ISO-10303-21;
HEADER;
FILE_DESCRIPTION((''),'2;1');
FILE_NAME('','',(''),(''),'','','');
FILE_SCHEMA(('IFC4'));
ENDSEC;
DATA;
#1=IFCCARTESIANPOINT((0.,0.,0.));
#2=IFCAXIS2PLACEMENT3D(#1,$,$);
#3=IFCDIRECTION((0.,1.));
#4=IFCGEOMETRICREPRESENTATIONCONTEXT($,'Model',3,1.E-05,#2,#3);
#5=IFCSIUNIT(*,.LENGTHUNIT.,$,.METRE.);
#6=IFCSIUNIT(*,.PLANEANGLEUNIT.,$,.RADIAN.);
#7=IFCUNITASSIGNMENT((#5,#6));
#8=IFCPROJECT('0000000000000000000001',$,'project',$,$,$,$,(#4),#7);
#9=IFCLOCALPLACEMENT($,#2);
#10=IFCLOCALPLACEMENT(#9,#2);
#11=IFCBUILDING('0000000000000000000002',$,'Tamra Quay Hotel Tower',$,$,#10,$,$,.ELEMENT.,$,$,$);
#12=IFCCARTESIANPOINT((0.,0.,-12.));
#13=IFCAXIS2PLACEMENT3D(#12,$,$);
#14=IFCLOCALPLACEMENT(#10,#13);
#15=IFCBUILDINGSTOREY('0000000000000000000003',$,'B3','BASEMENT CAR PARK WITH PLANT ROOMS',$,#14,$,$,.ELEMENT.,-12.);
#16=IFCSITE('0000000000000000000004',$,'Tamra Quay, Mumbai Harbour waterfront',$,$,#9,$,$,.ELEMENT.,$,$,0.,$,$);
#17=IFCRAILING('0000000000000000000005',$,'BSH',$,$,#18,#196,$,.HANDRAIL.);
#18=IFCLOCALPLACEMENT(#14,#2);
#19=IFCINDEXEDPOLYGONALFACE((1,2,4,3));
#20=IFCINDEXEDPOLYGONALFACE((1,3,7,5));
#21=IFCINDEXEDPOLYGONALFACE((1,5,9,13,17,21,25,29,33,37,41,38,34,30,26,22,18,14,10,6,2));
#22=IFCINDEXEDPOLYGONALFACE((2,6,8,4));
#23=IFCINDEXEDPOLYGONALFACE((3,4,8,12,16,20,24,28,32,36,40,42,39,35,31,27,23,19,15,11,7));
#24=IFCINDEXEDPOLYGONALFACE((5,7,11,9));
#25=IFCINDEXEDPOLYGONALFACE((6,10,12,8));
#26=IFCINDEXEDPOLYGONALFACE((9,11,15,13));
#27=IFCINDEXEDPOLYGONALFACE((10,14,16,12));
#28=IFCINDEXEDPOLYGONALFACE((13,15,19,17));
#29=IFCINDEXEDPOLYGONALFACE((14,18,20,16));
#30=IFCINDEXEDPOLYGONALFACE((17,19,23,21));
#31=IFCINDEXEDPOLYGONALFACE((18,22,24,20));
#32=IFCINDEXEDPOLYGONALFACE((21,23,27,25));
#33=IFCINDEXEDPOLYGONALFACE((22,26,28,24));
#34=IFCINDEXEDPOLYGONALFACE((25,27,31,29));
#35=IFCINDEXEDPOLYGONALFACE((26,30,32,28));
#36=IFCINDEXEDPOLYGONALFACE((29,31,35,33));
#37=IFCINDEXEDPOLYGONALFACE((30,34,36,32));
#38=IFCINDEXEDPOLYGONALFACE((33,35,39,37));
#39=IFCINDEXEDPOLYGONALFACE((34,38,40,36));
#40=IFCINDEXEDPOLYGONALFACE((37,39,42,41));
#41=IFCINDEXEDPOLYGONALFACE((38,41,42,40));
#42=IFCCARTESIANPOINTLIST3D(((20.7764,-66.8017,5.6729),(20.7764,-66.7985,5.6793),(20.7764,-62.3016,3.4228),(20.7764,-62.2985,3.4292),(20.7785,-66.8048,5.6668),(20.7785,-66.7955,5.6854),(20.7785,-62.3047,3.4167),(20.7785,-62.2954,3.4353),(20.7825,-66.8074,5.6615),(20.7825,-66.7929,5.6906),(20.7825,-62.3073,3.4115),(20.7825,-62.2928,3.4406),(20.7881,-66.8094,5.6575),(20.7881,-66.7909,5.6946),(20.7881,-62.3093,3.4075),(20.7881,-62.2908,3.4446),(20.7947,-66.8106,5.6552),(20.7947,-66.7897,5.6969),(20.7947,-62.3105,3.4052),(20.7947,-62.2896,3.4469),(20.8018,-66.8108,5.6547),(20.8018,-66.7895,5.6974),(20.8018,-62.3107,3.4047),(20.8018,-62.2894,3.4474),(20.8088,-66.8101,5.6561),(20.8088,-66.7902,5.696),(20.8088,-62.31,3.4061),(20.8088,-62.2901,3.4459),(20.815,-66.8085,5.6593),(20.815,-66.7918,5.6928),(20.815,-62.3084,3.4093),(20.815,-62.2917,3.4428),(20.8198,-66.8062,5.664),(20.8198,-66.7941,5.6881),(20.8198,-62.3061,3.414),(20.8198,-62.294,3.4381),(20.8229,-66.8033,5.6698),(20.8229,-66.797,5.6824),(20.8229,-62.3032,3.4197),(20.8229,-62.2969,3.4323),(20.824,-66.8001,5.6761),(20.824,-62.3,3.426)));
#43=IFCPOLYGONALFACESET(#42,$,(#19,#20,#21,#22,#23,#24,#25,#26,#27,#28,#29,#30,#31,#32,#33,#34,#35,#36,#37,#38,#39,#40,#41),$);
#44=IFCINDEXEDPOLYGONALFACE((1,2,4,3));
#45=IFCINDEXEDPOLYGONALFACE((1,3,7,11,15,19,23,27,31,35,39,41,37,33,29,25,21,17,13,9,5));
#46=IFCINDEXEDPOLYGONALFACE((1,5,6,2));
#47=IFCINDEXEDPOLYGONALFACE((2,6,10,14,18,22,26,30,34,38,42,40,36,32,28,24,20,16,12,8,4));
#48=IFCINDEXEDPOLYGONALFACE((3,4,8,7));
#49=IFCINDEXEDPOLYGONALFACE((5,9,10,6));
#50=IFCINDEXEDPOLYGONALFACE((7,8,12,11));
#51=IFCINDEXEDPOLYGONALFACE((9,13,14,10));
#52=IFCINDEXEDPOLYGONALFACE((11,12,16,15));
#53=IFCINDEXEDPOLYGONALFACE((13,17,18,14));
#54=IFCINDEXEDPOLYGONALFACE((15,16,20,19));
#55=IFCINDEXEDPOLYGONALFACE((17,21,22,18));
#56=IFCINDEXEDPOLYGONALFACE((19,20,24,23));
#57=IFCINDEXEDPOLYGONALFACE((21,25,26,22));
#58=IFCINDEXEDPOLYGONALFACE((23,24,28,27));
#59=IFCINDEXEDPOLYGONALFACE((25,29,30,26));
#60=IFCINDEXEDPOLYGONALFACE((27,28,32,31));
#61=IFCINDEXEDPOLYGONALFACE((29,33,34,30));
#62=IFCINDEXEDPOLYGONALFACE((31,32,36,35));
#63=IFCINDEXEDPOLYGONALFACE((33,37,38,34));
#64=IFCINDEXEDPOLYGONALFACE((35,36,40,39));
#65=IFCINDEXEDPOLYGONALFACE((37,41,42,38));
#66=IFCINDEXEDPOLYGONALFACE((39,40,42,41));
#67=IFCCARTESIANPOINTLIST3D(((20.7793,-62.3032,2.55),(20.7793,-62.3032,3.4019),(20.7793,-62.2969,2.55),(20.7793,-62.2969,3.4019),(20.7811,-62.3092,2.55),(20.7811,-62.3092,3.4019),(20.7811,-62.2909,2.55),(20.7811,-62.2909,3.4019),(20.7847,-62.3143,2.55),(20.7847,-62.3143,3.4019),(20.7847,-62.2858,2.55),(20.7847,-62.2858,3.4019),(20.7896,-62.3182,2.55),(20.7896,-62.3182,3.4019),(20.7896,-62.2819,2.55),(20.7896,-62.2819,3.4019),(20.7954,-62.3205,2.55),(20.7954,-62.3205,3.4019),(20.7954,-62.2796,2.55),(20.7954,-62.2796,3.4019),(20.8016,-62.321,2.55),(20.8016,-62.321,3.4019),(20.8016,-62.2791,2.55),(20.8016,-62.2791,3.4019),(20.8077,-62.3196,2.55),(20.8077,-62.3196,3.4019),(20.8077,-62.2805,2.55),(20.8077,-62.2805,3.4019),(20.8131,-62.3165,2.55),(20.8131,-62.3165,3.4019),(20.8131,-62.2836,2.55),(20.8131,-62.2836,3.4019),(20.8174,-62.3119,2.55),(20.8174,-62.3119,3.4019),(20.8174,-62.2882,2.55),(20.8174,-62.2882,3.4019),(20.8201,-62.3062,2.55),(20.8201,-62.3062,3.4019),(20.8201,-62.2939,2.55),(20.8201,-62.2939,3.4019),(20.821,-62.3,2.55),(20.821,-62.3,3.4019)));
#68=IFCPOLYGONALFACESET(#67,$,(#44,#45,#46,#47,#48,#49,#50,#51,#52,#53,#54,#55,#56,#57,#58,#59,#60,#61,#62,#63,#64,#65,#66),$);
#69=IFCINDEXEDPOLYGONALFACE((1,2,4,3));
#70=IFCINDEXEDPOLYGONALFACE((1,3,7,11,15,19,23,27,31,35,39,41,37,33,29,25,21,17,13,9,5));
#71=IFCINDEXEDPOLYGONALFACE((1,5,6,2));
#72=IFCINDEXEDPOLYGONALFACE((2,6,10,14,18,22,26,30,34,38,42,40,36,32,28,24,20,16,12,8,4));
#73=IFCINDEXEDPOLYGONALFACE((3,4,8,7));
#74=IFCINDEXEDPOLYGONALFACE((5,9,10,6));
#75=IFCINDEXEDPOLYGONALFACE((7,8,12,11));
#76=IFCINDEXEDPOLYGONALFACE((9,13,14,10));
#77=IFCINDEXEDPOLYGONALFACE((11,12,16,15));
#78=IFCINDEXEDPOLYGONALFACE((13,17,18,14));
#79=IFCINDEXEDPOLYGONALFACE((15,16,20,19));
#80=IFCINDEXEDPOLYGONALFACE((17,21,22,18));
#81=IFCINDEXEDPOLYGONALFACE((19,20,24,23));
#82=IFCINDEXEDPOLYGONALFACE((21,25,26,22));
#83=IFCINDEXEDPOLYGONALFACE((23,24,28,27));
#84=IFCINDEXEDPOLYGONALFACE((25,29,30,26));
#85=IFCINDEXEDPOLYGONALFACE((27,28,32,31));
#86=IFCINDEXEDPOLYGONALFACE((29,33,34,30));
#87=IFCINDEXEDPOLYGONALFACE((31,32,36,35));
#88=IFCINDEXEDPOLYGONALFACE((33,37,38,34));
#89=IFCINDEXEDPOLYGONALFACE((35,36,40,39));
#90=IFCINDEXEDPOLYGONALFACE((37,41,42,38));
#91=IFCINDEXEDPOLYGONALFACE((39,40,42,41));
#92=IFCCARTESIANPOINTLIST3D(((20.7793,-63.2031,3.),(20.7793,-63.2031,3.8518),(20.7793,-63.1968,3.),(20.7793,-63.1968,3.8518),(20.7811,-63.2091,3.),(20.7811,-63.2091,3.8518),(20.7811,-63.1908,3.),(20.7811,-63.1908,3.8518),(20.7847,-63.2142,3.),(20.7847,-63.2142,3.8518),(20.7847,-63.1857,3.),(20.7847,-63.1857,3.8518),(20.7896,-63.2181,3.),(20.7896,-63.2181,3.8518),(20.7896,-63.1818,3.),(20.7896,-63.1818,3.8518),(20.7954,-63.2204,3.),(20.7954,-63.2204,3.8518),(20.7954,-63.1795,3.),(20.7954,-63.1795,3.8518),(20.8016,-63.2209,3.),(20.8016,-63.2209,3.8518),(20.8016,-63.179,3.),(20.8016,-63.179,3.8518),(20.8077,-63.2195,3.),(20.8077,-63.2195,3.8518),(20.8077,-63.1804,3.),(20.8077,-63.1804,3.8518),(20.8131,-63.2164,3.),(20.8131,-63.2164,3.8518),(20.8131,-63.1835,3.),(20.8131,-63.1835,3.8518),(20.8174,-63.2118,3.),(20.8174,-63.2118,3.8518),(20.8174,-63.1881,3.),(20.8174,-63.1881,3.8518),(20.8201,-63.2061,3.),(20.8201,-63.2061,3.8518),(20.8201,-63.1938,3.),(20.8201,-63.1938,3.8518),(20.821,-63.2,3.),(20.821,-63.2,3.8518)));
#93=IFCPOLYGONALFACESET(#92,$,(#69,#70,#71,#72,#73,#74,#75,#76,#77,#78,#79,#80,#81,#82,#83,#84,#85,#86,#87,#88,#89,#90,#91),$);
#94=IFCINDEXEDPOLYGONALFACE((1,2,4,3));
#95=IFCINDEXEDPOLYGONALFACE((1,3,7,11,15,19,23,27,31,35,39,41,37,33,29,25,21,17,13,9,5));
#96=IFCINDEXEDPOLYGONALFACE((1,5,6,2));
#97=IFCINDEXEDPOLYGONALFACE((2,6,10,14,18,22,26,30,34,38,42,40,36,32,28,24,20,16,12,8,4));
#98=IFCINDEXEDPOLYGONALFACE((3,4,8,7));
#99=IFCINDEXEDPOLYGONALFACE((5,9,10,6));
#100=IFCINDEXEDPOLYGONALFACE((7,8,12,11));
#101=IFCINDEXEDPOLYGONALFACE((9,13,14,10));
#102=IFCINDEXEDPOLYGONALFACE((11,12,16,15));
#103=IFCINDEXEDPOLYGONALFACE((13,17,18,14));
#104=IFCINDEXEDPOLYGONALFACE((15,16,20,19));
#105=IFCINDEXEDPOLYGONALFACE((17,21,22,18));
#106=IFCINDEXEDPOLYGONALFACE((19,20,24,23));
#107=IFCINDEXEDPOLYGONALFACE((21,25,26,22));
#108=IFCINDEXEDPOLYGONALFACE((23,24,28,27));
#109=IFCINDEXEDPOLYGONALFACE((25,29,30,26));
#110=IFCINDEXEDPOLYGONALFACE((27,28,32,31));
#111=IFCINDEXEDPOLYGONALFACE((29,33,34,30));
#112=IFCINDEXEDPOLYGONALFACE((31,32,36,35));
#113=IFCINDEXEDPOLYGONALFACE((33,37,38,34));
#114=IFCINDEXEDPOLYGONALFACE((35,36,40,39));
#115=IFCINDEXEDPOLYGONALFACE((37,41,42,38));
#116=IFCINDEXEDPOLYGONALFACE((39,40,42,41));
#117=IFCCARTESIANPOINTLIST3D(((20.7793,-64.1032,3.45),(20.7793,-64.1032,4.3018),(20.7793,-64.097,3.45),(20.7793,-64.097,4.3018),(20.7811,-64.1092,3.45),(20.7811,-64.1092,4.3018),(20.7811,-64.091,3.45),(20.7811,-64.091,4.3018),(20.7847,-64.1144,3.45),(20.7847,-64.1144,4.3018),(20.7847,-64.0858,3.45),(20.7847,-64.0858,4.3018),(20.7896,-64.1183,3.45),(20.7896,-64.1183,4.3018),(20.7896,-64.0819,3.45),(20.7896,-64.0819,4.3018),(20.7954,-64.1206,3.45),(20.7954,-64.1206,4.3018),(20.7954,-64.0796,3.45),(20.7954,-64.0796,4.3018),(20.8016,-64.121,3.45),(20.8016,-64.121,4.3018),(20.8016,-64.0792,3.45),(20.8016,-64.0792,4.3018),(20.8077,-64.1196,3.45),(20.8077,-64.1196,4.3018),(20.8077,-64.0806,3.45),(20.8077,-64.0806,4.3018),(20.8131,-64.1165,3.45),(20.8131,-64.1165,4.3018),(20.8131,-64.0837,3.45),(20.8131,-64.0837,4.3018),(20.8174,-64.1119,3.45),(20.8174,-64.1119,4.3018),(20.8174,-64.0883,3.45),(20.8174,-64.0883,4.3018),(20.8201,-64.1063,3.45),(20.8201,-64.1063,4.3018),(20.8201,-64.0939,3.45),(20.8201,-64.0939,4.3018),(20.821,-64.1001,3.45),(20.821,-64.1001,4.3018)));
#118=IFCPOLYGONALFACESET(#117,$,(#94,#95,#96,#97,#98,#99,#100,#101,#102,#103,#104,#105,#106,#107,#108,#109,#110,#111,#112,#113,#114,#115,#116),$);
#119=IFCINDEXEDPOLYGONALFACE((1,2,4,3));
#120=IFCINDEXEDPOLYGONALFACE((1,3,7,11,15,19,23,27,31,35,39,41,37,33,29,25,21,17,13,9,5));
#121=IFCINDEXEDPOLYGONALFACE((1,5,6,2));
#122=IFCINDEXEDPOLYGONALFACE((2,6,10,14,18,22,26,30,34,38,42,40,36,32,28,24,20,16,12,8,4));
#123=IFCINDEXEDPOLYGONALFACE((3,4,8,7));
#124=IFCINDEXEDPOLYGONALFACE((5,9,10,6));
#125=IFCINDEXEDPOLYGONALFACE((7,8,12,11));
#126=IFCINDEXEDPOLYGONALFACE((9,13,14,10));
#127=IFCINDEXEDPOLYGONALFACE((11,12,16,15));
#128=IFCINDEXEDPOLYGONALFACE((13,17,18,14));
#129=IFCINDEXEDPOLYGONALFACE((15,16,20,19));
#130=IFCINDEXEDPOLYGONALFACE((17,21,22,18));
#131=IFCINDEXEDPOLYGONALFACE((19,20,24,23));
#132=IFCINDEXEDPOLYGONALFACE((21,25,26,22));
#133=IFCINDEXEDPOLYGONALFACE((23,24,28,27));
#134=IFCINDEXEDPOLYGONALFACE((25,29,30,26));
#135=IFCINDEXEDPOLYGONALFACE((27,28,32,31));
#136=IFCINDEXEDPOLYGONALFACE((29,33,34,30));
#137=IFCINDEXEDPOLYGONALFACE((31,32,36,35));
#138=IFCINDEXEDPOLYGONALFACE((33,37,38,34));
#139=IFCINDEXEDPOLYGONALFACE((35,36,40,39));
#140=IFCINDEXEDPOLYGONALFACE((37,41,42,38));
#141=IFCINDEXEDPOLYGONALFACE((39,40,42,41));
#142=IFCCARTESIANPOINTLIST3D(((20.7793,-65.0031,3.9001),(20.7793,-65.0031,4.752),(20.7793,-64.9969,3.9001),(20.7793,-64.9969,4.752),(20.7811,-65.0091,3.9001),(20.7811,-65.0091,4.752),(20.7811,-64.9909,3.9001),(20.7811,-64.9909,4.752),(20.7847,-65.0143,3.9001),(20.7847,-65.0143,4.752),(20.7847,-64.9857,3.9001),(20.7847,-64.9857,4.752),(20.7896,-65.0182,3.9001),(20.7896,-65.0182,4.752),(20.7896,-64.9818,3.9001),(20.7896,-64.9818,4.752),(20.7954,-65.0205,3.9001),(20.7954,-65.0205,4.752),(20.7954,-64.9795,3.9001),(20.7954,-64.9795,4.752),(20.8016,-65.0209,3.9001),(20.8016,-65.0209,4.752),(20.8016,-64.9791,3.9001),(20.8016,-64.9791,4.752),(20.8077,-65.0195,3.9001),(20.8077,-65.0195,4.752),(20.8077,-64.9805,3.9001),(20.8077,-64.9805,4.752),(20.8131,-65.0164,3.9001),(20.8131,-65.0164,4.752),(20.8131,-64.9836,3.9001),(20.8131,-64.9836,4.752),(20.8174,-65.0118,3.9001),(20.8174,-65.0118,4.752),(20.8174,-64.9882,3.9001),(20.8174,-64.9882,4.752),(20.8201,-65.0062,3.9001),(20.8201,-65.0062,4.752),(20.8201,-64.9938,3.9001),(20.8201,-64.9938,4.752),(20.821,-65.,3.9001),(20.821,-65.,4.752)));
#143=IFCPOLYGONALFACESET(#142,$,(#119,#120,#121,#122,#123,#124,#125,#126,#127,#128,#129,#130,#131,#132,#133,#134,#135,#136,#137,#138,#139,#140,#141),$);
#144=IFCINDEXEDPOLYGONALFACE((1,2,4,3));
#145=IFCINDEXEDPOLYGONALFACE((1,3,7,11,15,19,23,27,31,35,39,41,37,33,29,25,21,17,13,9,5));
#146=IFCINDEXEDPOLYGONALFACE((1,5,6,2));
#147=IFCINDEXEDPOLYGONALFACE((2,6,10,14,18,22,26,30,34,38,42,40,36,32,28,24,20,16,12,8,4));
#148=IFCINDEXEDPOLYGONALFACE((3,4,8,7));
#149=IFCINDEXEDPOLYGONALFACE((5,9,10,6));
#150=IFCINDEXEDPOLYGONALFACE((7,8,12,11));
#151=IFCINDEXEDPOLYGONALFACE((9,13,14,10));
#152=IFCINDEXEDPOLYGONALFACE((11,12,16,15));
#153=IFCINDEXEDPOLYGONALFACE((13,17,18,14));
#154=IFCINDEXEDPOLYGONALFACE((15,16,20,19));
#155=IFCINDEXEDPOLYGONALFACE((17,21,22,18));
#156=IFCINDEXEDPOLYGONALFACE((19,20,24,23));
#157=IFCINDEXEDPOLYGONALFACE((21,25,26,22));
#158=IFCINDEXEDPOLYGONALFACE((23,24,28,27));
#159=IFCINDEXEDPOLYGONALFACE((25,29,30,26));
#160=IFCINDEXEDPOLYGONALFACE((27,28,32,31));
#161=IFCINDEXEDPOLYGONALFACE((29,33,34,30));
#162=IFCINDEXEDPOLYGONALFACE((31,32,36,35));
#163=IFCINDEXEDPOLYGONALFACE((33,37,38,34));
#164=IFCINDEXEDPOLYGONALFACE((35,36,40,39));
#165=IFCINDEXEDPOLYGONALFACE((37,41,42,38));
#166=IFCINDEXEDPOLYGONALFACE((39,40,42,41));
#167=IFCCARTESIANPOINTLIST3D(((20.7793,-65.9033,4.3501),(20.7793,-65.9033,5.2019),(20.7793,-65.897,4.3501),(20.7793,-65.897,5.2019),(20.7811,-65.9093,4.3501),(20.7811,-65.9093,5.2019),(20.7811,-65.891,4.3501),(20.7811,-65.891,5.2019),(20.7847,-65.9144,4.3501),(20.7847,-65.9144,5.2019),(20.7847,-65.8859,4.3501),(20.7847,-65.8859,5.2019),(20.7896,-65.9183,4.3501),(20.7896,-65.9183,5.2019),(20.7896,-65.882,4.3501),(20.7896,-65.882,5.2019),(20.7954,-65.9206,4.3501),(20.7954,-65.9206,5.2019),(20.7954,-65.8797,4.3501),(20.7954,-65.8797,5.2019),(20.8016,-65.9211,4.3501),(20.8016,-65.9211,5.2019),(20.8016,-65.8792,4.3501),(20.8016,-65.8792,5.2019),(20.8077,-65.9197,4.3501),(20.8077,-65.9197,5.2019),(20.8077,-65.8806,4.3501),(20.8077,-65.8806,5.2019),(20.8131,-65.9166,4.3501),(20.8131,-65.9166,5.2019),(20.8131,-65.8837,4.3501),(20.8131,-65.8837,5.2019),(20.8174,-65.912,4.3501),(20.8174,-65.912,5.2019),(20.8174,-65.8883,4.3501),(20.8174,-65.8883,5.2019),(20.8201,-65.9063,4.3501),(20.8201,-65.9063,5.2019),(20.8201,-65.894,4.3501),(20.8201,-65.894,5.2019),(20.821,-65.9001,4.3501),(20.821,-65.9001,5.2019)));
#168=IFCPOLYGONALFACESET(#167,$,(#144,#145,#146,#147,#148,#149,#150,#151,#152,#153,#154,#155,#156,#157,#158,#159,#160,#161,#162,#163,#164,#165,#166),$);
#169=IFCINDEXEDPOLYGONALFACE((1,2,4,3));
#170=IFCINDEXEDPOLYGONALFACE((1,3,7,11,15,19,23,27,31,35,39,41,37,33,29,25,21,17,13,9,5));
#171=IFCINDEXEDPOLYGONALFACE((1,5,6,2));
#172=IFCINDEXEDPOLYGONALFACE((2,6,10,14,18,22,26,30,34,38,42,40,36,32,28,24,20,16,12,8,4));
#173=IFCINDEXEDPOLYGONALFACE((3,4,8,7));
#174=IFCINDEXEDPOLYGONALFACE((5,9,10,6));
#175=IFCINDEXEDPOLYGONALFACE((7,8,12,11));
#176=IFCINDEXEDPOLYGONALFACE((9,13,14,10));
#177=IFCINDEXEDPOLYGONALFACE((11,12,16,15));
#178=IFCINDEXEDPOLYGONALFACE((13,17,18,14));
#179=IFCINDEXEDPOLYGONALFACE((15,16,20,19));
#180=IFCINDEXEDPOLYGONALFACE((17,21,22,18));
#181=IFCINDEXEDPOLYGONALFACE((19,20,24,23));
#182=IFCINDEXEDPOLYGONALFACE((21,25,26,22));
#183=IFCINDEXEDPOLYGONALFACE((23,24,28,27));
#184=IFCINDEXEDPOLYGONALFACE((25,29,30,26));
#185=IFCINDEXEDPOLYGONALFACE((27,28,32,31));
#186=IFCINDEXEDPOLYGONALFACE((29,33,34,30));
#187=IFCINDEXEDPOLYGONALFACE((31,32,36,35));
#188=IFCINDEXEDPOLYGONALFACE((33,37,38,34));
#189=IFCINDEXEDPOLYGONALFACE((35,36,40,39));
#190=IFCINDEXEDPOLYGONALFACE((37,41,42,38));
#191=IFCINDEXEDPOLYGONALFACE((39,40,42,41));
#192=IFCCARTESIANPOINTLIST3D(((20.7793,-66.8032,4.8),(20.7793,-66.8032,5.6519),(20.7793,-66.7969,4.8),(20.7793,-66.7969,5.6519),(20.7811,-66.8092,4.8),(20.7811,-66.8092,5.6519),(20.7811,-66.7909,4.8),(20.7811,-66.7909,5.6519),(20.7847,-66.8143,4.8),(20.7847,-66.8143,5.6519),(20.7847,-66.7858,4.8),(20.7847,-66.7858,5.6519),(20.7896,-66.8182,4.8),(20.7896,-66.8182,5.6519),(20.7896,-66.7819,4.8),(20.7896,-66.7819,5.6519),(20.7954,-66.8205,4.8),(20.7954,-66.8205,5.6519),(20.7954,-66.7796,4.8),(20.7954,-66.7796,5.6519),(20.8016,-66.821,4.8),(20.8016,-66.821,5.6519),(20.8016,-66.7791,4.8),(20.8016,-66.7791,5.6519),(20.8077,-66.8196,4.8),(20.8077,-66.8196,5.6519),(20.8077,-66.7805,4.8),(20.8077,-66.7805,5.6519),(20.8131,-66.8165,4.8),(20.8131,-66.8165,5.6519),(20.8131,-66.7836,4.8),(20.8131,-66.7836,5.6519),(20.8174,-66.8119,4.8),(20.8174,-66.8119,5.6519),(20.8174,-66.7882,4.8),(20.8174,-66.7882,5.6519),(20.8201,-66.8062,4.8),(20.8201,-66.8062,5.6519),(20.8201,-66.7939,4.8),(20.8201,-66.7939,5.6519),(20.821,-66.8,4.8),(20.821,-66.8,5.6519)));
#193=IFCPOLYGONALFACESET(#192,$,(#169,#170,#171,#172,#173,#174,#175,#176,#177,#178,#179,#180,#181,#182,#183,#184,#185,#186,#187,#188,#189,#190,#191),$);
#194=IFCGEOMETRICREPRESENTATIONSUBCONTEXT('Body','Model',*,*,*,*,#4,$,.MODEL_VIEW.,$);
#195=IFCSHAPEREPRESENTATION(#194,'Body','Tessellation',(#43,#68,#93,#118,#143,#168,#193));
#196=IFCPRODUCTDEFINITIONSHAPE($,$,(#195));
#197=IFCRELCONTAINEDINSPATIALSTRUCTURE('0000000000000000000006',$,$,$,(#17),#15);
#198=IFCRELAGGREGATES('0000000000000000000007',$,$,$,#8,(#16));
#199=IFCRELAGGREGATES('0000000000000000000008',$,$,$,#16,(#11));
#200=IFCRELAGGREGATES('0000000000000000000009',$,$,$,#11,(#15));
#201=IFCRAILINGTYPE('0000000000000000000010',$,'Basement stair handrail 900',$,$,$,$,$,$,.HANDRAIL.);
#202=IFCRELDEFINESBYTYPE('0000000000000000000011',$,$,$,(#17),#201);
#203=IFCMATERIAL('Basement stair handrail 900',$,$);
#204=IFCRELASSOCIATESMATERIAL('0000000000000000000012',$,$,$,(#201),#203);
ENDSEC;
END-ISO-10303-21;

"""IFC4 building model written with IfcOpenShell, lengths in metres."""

from ifc_helpers import new_model, si_unit, direction, frame, origin, origin_2d, place, context, subcontext, project, spatial, circle, extrude, material, type_object, element, save


model = new_model("IFC4")

# Units and contexts
model_context = context("Model", 3, precision=1e-05, world=origin(), true_north=direction((0.0, 1.0)))
body_context = subcontext(model_context, "Body", "Model", "MODEL_VIEW")
ifc_project = project(units=[si_unit("LENGTHUNIT", "METRE"), si_unit("PLANEANGLEUNIT", "RADIAN")], contexts=[model_context])

# Site, building, storey
site_placement = place(None, origin())
site = spatial("IfcSite", under=ifc_project, at=site_placement, Name="Tamra Quay, Mumbai Harbour waterfront", CompositionType="ELEMENT", RefElevation=0.0)
building_placement = place(site_placement, origin())
building = spatial("IfcBuilding", under=site, at=building_placement, Name="Tamra Quay Hotel Tower", CompositionType="ELEMENT")
storey_placement = place(building_placement, frame((0.0, 0.0, -12.0)))
storey = spatial("IfcBuildingStorey", under=building, at=storey_placement, Name="B3", Description="BASEMENT CAR PARK WITH PLANT ROOMS", CompositionType="ELEMENT", Elevation=-12.0)

# Railing
ifc_material_1 = material(Name="Basement stair handrail 900")
railing_type_1 = type_object("IfcRailingType", Name="Basement stair handrail 900", PredefinedType="HANDRAIL", material=ifc_material_1)
railing_1_placement = place(storey_placement, frame((20.8, -62.3, 2.55)))
element("IfcRailing", 1, at=railing_1_placement, inside=storey, type_object=railing_type_1, Name="BSH", PredefinedType="HANDRAIL", context=body_context, shape_type="SweptSolid", body=[
    extrude(circle(Radius=0.0239, at=origin_2d()), frame((0.0, 0.0, 0.876), z_axis=(0.0, -0.894427, 0.447214), x_axis=(1.0, 0.0, 0.0)), (0.0, 0.0, 1.0), 5.0312),
    extrude(circle(Radius=0.021, at=origin_2d()), origin(), (0.0, 0.0, 1.0), 0.8518),
    extrude(circle(Radius=0.021, at=origin_2d()), frame((0.0, -0.8999, 0.45)), (0.0, 0.0, 1.0), 0.8518),
    extrude(circle(Radius=0.021, at=origin_2d()), frame((0.0, -1.8, 0.8999)), (0.0, 0.0, 1.0), 0.8518),
    extrude(circle(Radius=0.021, at=origin_2d()), frame((0.0, -2.7, 1.3501)), (0.0, 0.0, 1.0), 0.8518),
    extrude(circle(Radius=0.021, at=origin_2d()), frame((0.0, -3.6001, 1.8)), (0.0, 0.0, 1.0), 0.8518),
    extrude(circle(Radius=0.021, at=origin_2d()), frame((0.0, -4.5, 2.25)), (0.0, 0.0, 1.0), 0.8518),
])

save(model, "model.ifc")
